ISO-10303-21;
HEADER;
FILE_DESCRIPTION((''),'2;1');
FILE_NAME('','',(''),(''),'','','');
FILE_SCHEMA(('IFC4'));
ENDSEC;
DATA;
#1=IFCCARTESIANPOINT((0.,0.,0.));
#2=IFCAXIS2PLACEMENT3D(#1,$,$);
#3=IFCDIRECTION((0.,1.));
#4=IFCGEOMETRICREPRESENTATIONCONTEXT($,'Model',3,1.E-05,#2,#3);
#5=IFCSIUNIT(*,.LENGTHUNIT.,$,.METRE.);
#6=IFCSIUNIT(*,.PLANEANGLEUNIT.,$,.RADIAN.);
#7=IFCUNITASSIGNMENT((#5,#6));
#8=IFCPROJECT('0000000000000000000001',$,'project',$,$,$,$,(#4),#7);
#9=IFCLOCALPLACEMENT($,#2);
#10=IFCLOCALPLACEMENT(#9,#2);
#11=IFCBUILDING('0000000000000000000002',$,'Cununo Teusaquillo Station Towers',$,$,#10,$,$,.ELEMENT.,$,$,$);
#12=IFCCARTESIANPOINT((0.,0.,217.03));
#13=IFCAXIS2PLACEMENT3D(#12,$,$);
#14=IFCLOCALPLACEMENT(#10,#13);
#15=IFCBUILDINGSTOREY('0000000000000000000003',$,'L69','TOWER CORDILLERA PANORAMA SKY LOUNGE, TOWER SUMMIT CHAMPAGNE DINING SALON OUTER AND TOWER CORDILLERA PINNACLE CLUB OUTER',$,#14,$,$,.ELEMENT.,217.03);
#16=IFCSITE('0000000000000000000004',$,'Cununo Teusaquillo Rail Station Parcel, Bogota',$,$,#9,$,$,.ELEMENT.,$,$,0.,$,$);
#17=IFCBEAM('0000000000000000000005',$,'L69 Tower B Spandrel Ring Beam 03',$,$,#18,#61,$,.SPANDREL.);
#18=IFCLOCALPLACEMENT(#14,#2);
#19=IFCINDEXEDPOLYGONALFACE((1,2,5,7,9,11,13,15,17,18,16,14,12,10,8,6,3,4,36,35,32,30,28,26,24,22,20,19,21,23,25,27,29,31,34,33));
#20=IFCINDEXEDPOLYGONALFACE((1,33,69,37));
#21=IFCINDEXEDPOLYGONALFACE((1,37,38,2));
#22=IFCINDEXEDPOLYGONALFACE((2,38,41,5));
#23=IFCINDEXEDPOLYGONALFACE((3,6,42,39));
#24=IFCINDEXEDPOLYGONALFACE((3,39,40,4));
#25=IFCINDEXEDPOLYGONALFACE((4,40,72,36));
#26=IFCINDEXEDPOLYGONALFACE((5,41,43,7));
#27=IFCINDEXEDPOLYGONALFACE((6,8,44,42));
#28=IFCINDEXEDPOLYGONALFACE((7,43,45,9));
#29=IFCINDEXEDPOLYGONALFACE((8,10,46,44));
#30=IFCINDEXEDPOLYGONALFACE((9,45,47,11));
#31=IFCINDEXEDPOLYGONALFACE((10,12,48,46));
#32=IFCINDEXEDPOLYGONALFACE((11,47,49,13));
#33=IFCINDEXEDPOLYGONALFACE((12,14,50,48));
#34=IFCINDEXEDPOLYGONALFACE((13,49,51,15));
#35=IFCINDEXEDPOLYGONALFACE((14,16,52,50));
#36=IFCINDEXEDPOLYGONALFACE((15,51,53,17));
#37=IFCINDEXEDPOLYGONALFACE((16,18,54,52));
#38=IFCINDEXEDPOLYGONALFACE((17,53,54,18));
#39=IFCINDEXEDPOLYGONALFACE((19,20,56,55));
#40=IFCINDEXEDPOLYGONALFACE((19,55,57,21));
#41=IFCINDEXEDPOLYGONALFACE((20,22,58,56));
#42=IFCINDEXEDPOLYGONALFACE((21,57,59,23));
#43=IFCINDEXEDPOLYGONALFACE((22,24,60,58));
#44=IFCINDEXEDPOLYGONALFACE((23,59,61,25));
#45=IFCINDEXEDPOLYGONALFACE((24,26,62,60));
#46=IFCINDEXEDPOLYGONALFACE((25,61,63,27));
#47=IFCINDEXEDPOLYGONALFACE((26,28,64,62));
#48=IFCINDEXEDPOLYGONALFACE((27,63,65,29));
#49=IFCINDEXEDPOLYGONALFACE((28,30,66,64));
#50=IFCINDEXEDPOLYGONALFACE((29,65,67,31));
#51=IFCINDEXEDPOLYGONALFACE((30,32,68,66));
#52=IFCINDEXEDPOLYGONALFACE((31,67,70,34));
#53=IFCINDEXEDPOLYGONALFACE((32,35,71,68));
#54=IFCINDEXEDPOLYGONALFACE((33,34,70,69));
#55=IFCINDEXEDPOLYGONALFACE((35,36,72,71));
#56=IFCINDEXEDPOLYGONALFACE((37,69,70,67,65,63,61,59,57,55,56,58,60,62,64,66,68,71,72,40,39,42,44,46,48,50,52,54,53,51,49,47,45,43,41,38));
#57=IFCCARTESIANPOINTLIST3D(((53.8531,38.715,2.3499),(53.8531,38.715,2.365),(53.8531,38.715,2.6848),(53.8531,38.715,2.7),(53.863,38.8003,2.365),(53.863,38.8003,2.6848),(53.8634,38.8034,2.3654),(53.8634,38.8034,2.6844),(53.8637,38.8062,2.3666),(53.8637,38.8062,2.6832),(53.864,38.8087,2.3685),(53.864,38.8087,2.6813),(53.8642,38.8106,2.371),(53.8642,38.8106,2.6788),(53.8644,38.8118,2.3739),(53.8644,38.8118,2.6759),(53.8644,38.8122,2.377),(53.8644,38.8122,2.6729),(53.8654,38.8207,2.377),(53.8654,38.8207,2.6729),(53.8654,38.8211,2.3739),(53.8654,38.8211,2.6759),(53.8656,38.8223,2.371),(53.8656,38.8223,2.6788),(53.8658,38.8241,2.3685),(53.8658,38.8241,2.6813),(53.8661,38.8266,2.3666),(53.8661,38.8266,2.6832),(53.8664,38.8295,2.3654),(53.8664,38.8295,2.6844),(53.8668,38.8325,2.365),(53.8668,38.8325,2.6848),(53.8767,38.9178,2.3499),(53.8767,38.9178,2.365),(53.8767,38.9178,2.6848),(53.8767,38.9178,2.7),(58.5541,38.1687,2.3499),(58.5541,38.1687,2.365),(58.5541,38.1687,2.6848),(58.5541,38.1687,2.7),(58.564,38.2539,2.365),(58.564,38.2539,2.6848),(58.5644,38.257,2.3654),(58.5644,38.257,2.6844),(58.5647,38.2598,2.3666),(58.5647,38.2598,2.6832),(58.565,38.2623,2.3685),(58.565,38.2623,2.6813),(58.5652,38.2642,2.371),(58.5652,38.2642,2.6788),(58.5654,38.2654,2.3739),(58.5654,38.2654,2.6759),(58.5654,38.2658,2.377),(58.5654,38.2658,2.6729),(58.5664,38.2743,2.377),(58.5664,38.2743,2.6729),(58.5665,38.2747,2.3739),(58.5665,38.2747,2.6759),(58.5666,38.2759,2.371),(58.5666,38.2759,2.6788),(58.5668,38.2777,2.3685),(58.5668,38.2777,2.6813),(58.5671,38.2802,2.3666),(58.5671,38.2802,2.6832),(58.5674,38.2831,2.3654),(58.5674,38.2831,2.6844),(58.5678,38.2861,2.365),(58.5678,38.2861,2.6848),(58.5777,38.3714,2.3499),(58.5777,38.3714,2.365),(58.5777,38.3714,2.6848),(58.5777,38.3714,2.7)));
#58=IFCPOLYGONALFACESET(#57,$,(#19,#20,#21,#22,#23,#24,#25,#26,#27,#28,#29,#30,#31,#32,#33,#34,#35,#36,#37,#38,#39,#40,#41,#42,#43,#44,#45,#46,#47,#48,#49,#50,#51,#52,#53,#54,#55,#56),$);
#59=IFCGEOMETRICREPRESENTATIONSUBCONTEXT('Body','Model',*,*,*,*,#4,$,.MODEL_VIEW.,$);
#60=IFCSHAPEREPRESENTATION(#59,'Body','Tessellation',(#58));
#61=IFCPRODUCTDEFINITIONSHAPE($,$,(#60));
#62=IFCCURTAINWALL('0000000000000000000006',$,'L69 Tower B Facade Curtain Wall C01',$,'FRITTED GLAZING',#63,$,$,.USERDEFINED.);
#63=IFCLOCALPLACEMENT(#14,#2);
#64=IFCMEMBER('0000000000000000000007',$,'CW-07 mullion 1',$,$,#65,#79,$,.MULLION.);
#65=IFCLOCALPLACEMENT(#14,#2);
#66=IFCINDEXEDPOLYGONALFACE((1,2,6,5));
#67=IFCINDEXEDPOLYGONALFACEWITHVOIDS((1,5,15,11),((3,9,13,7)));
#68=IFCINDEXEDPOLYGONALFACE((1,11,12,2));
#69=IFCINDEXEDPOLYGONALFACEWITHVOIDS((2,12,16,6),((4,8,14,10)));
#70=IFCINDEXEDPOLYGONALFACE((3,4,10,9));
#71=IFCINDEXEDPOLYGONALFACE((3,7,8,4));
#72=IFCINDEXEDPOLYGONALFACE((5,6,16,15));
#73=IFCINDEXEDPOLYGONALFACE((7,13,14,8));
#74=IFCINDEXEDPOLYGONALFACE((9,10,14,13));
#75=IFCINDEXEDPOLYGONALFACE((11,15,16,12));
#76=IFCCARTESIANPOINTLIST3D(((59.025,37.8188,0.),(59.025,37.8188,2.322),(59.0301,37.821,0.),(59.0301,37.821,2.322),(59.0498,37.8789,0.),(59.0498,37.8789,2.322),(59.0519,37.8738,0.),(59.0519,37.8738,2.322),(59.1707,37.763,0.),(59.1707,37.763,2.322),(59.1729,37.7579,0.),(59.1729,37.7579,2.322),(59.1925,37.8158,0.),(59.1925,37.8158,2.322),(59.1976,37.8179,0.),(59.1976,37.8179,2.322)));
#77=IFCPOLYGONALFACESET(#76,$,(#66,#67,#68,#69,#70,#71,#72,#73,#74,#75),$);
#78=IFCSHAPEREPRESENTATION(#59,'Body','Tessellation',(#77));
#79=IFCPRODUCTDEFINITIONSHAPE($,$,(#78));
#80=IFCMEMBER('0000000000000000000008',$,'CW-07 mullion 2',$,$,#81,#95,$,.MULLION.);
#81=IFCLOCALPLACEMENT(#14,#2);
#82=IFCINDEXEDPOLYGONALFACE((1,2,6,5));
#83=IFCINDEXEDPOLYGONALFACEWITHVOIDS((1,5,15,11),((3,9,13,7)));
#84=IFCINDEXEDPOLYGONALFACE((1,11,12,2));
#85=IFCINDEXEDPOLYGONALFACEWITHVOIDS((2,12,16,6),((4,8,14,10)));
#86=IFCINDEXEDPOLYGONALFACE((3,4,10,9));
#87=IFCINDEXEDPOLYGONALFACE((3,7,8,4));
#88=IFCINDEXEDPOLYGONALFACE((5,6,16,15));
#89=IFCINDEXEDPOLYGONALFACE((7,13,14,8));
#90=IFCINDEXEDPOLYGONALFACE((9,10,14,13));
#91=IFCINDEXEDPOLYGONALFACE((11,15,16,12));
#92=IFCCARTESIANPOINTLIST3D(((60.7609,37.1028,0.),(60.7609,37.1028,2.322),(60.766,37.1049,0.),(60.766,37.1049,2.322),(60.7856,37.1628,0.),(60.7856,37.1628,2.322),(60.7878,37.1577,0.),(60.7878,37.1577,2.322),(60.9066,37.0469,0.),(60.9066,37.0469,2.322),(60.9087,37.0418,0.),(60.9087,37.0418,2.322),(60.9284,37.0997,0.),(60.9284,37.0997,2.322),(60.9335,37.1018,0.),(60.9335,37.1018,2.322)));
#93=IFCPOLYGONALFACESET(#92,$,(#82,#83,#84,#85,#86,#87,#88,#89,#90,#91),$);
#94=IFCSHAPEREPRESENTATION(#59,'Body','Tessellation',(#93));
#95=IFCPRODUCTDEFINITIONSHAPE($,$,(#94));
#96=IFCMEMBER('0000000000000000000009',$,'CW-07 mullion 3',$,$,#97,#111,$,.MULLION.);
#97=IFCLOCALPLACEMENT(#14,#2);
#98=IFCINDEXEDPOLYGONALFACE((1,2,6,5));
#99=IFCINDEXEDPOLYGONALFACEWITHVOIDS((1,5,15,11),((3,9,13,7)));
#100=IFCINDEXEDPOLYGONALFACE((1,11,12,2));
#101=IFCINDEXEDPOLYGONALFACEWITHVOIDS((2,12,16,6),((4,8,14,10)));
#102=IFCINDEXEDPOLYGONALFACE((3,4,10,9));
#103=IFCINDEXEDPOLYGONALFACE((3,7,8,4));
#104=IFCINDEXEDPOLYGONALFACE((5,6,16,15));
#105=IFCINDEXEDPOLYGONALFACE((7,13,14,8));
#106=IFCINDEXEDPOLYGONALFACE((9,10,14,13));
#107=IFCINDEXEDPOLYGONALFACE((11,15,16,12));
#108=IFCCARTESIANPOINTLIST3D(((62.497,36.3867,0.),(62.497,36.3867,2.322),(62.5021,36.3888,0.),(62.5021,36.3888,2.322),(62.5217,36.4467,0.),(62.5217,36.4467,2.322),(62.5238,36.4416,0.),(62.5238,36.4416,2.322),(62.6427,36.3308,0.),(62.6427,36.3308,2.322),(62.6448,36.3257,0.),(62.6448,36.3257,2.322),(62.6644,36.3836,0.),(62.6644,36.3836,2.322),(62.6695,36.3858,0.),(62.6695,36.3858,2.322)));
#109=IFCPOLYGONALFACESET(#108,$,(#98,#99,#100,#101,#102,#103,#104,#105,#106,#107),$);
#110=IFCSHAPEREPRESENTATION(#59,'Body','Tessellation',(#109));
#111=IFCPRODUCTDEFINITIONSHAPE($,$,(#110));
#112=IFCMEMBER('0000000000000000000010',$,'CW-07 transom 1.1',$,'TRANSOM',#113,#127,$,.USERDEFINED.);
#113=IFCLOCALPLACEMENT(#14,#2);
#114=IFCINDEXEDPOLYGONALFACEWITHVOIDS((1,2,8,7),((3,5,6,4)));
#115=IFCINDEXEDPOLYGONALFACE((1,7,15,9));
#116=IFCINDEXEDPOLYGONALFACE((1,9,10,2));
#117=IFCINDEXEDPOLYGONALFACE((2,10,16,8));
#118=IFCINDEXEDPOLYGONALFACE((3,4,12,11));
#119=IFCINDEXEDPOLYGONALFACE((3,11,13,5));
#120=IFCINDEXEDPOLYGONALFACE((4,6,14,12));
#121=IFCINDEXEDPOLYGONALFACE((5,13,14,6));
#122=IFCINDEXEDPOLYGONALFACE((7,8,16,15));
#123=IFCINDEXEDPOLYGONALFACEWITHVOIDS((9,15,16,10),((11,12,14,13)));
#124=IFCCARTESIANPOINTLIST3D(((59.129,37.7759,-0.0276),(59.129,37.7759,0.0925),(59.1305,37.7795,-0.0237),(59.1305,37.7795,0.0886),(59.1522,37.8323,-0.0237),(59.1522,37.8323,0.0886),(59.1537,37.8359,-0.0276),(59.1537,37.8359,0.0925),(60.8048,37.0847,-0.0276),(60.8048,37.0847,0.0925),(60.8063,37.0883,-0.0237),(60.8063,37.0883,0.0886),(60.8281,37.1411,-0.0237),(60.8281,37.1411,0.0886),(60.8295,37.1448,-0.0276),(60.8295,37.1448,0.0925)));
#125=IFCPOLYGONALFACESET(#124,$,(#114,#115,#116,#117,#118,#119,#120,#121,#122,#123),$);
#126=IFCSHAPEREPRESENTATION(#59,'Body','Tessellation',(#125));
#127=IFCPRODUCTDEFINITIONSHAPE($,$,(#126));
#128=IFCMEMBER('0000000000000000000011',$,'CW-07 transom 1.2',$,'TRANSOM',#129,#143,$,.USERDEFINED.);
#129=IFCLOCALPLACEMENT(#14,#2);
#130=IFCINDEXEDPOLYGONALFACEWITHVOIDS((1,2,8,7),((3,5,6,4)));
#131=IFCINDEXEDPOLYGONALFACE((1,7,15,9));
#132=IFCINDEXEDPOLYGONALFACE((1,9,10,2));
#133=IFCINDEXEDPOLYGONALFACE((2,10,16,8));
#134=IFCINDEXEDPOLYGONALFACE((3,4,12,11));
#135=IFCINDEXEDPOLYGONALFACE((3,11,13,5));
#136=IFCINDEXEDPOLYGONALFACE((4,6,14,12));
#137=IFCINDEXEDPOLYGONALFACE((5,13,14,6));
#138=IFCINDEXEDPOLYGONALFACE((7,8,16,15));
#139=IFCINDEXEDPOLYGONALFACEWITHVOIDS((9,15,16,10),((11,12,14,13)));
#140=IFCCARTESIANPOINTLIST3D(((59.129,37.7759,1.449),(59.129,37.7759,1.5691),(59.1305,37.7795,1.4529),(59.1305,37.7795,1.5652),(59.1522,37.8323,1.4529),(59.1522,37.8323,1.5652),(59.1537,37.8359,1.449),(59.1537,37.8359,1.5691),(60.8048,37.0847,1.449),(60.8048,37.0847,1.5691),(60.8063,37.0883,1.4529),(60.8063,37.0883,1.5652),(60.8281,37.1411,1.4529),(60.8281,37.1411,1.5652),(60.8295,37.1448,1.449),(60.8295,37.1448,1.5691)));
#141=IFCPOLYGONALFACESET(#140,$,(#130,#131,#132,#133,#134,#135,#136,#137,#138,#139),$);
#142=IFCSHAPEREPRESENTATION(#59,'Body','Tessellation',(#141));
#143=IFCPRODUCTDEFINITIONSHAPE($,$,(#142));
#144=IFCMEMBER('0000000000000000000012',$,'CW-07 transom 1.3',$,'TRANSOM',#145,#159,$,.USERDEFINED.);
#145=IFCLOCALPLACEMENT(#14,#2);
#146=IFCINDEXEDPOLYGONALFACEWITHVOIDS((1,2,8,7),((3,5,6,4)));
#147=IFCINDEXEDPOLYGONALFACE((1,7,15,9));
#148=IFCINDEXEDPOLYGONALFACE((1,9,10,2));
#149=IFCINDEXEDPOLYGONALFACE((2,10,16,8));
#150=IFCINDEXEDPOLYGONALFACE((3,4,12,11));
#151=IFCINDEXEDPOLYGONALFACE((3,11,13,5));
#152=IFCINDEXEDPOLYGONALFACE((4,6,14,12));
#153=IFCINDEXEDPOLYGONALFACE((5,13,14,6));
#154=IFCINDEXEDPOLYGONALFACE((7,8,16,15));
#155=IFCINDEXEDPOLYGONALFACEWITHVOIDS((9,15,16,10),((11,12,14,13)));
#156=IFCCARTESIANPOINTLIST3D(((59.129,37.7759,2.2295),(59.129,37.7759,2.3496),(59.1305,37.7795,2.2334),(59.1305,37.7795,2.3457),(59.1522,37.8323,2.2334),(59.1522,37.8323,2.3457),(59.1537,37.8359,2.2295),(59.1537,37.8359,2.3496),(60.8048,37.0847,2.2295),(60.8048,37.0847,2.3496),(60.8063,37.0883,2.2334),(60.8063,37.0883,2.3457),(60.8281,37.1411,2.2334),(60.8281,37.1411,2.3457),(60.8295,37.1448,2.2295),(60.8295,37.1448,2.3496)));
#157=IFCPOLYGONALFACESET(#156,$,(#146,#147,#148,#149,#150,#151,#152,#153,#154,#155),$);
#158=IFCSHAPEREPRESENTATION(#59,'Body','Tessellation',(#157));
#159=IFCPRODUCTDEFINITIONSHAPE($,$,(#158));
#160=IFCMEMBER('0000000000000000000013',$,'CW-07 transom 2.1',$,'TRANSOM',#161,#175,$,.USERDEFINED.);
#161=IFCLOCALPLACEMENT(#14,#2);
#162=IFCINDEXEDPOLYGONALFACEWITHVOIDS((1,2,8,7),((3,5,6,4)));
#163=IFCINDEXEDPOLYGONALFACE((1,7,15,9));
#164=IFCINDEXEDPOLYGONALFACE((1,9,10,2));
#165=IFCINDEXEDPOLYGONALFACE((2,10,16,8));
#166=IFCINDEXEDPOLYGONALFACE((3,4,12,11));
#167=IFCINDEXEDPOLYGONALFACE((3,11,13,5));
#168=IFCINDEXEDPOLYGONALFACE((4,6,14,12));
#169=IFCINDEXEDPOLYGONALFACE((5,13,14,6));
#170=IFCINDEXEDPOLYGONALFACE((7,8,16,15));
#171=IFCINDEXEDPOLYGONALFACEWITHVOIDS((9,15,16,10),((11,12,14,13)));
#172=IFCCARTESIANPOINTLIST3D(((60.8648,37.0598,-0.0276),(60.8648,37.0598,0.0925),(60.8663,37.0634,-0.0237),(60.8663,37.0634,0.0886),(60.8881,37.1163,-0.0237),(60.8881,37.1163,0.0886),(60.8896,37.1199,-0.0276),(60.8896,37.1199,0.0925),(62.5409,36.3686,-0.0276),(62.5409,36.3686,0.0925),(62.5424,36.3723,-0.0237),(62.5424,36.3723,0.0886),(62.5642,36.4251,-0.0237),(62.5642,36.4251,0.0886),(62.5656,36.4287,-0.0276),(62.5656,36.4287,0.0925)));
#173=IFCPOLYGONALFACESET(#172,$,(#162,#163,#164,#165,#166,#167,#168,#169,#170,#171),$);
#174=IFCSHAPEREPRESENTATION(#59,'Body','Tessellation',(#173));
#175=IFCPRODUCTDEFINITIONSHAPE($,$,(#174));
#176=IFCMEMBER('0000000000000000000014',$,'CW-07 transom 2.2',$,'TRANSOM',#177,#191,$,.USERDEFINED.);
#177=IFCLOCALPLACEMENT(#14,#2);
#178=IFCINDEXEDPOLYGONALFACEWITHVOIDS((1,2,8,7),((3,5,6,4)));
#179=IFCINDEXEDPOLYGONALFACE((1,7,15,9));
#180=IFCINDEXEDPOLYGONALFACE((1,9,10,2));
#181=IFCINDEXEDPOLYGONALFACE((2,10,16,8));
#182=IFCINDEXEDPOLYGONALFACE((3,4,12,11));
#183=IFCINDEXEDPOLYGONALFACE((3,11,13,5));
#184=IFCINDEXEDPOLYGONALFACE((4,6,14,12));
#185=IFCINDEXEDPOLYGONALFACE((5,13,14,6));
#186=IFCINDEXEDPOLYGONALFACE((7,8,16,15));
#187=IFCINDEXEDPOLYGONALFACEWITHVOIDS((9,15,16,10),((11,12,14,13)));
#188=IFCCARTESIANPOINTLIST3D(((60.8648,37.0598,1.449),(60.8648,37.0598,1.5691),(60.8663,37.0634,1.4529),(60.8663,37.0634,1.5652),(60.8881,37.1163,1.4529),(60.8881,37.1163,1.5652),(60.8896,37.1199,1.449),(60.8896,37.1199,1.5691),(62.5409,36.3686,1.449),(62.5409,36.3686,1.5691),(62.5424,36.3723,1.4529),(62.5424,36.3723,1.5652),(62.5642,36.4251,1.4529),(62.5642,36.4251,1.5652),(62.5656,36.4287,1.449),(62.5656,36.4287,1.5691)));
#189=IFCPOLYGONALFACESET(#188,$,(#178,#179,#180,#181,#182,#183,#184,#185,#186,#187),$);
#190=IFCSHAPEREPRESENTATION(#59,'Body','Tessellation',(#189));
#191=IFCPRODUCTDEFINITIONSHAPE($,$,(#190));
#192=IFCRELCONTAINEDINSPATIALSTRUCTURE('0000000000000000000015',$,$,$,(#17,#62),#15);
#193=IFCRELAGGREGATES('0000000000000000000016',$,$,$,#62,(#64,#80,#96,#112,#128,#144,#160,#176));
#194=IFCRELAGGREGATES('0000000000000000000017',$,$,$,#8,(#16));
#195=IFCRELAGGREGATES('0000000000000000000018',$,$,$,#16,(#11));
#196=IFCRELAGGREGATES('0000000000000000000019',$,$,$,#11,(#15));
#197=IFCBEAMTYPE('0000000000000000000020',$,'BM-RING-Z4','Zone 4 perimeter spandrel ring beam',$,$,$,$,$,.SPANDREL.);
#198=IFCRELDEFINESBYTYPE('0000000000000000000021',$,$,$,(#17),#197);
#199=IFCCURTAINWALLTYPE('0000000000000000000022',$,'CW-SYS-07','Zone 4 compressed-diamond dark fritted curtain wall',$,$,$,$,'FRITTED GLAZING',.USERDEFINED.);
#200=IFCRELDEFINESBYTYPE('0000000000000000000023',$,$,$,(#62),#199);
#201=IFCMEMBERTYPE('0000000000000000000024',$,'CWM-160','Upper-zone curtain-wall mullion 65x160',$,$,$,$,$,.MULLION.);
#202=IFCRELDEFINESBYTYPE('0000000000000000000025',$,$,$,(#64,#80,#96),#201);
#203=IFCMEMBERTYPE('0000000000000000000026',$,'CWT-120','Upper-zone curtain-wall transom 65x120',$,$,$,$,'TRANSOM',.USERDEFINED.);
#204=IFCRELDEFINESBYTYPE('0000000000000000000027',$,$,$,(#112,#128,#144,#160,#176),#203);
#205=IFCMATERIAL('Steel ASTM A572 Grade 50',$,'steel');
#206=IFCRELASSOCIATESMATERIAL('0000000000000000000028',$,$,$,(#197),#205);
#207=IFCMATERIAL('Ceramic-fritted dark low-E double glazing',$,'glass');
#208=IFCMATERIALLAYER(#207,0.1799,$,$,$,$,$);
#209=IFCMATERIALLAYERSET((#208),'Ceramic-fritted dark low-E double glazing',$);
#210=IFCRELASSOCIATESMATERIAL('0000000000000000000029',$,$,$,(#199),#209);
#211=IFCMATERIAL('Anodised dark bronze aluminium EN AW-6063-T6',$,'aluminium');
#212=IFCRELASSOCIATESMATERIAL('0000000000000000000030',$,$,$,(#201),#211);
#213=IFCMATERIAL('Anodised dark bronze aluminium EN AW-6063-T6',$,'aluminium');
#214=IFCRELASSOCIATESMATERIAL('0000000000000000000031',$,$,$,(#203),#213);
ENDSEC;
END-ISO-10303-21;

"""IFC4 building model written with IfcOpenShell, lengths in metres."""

from ifc_helpers import new_model, si_unit, direction, frame, origin, origin_2d, place, context, subcontext, project, spatial, hollow_rectangle, i_section, extrude, material, layer, layer_set, material_profile, profile_set, type_object, element, aggregate, save


model = new_model("IFC4")

# Units and contexts
model_context = context("Model", 3, precision=1e-05, world=origin(), true_north=direction((0.0, 1.0)))
body_context = subcontext(model_context, "Body", "Model", "MODEL_VIEW")
ifc_project = project(units=[si_unit("LENGTHUNIT", "METRE"), si_unit("PLANEANGLEUNIT", "RADIAN")], contexts=[model_context])

# Site, building, storey
site_placement = place(None, origin())
site = spatial("IfcSite", under=ifc_project, at=site_placement, Name="Cununo Teusaquillo Rail Station Parcel, Bogota", CompositionType="ELEMENT", RefElevation=0.0)
building_placement = place(site_placement, origin())
building = spatial("IfcBuilding", under=site, at=building_placement, Name="Cununo Teusaquillo Station Towers", CompositionType="ELEMENT")
storey_placement = place(building_placement, frame((0.0, 0.0, 217.03)))
storey = spatial("IfcBuildingStorey", under=building, at=storey_placement, Name="L69", Description="TOWER CORDILLERA PANORAMA SKY LOUNGE, TOWER SUMMIT CHAMPAGNE DINING SALON OUTER AND TOWER CORDILLERA PINNACLE CLUB OUTER", CompositionType="ELEMENT", Elevation=217.03)

# Beam
ifc_material_1 = material(Name="Steel ASTM A572 Grade 50", Category="steel")
ifc_material_profile_1 = material_profile(ifc_material_1, i_section(OverallWidth=0.2041, OverallDepth=0.3501, WebThickness=0.0085, FlangeThickness=0.0151, FilletRadius=0.012, at=origin_2d()), Name="W14X48")
ifc_profile_set_1 = profile_set([ifc_material_profile_1], Name="Steel ASTM A572 Grade 50")
beam_type_1 = type_object("IfcBeamType", Name="BM-RING-Z4", Description="Zone 4 perimeter spandrel ring beam", PredefinedType="SPANDREL", material=ifc_profile_set_1)
beam_1_placement = place(storey_placement, frame((58.5659, 38.27, 2.5249), z_axis=(-0.993313, 0.115452, 0.0), x_axis=(-0.115452, -0.993313, 0.0)))
element("IfcBeam", 1, at=beam_1_placement, inside=storey, type_object=beam_type_1, Name="L69 Tower B Spandrel Ring Beam 03", PredefinedType="SPANDREL", context=body_context, shape_type="SweptSolid", body=[
    extrude(i_section(OverallWidth=0.2041, OverallDepth=0.3501, WebThickness=0.0085, FlangeThickness=0.0151, FilletRadius=0.012, at=origin_2d()), origin(), (0.0, 0.0, 1.0), 4.7327),
])

# Curtain wall, members
ifc_material_2 = material(Name="Ceramic-fritted dark low-E double glazing", Category="glass")
ifc_layer_1 = layer(ifc_material_2, 0.1799)
ifc_layer_set_1 = layer_set([ifc_layer_1], Name="Ceramic-fritted dark low-E double glazing")
curtain_wall_type = type_object("IfcCurtainWallType", Name="CW-SYS-07", Description="Zone 4 compressed-diamond dark fritted curtain wall", ElementType="FRITTED GLAZING", PredefinedType="USERDEFINED", material=ifc_layer_set_1)
curtain_wall_placement = place(storey_placement, origin())
curtain_wall = element("IfcCurtainWall", 2, at=curtain_wall_placement, inside=storey, type_object=curtain_wall_type, Name="L69 Tower B Facade Curtain Wall C01", ObjectType="FRITTED GLAZING", PredefinedType="USERDEFINED")
ifc_material_3 = material(Name="Anodised dark bronze aluminium EN AW-6063-T6", Category="aluminium")
ifc_material_profile_2 = material_profile(ifc_material_3, hollow_rectangle(XDim=0.0649, YDim=0.1599, WallThickness=0.0039, at=origin_2d()), Name="CW-MULL-65x160")
ifc_profile_set_2 = profile_set([ifc_material_profile_2], Name="Anodised dark bronze aluminium EN AW-6063-T6")
member_type_1 = type_object("IfcMemberType", Name="CWM-160", Description="Upper-zone curtain-wall mullion 65x160", PredefinedType="MULLION", material=ifc_profile_set_2)
member_1_placement = place(storey_placement, frame((59.1113, 37.8184, 0.0), z_axis=(0.0, 0.0, 1.0), x_axis=(0.381311, 0.924447, 0.0)))
member_1 = element("IfcMember", 3, at=member_1_placement, type_object=member_type_1, Name="CW-07 mullion 1", PredefinedType="MULLION", context=body_context, shape_type="SweptSolid", body=[
    extrude(hollow_rectangle(XDim=0.0649, YDim=0.1599, WallThickness=0.0039, at=origin_2d()), origin(), (0.0, 0.0, 1.0), 2.322),
])
member_2_placement = place(storey_placement, frame((60.8472, 37.1023, 0.0), z_axis=(0.0, 0.0, 1.0), x_axis=(0.381311, 0.924447, 0.0)))
member_2 = element("IfcMember", 4, at=member_2_placement, type_object=member_type_1, Name="CW-07 mullion 2", PredefinedType="MULLION", context=body_context, shape_type="SweptSolid", body=[
    extrude(hollow_rectangle(XDim=0.0649, YDim=0.1599, WallThickness=0.0039, at=origin_2d()), origin(), (0.0, 0.0, 1.0), 2.322),
])
member_3_placement = place(storey_placement, frame((62.5833, 36.3862, 0.0), z_axis=(0.0, 0.0, 1.0), x_axis=(0.381311, 0.924447, 0.0)))
member_3 = element("IfcMember", 5, at=member_3_placement, type_object=member_type_1, Name="CW-07 mullion 3", PredefinedType="MULLION", context=body_context, shape_type="SweptSolid", body=[
    extrude(hollow_rectangle(XDim=0.0649, YDim=0.1599, WallThickness=0.0039, at=origin_2d()), origin(), (0.0, 0.0, 1.0), 2.322),
])
ifc_material_4 = material(Name="Anodised dark bronze aluminium EN AW-6063-T6", Category="aluminium")
ifc_material_profile_3 = material_profile(ifc_material_4, hollow_rectangle(XDim=0.0649, YDim=0.1201, WallThickness=0.0039, at=origin_2d()), Name="CW-TRAN-65x120")
ifc_profile_set_3 = profile_set([ifc_material_profile_3], Name="Anodised dark bronze aluminium EN AW-6063-T6")
member_type_2 = type_object("IfcMemberType", Name="CWT-120", Description="Upper-zone curtain-wall transom 65x120", ElementType="TRANSOM", PredefinedType="USERDEFINED", material=ifc_profile_set_3)
member_4_placement = place(storey_placement, frame((59.1414, 37.8059, 0.0325), z_axis=(0.924458, -0.381285, 0.0), x_axis=(0.381285, 0.924458, 0.0)))
member_4 = element("IfcMember", 6, at=member_4_placement, type_object=member_type_2, Name="CW-07 transom 1.1", ObjectType="TRANSOM", PredefinedType="USERDEFINED", context=body_context, shape_type="SweptSolid", body=[
    extrude(hollow_rectangle(XDim=0.0649, YDim=0.1201, WallThickness=0.0039, at=origin_2d()), origin(), (0.0, 0.0, 1.0), 1.8127),
])
member_5_placement = place(storey_placement, frame((59.1414, 37.8059, 1.509), z_axis=(0.924458, -0.381285, 0.0), x_axis=(0.381285, 0.924458, 0.0)))
member_5 = element("IfcMember", 7, at=member_5_placement, type_object=member_type_2, Name="CW-07 transom 1.2", ObjectType="TRANSOM", PredefinedType="USERDEFINED", context=body_context, shape_type="SweptSolid", body=[
    extrude(hollow_rectangle(XDim=0.0649, YDim=0.1201, WallThickness=0.0039, at=origin_2d()), origin(), (0.0, 0.0, 1.0), 1.8127),
])
member_6_placement = place(storey_placement, frame((59.1414, 37.8059, 2.2896), z_axis=(0.924458, -0.381285, 0.0), x_axis=(0.381285, 0.924458, 0.0)))
member_6 = element("IfcMember", 8, at=member_6_placement, type_object=member_type_2, Name="CW-07 transom 1.3", ObjectType="TRANSOM", PredefinedType="USERDEFINED", context=body_context, shape_type="SweptSolid", body=[
    extrude(hollow_rectangle(XDim=0.0649, YDim=0.1201, WallThickness=0.0039, at=origin_2d()), origin(), (0.0, 0.0, 1.0), 1.8127),
])
member_7_placement = place(storey_placement, frame((60.8772, 37.0898, 0.0325), z_axis=(0.924477, -0.381237, 0.0), x_axis=(0.381237, 0.924477, 0.0)))
member_7 = element("IfcMember", 9, at=member_7_placement, type_object=member_type_2, Name="CW-07 transom 2.1", ObjectType="TRANSOM", PredefinedType="USERDEFINED", context=body_context, shape_type="SweptSolid", body=[
    extrude(hollow_rectangle(XDim=0.0649, YDim=0.1201, WallThickness=0.0039, at=origin_2d()), origin(), (0.0, 0.0, 1.0), 1.813),
])
member_8_placement = place(storey_placement, frame((60.8772, 37.0898, 1.509), z_axis=(0.924477, -0.381237, 0.0), x_axis=(0.381237, 0.924477, 0.0)))
member_8 = element("IfcMember", 10, at=member_8_placement, type_object=member_type_2, Name="CW-07 transom 2.2", ObjectType="TRANSOM", PredefinedType="USERDEFINED", context=body_context, shape_type="SweptSolid", body=[
    extrude(hollow_rectangle(XDim=0.0649, YDim=0.1201, WallThickness=0.0039, at=origin_2d()), origin(), (0.0, 0.0, 1.0), 1.813),
])

aggregate(curtain_wall, [member_1, member_2, member_3, member_4, member_5, member_6, member_7, member_8])

save(model, "model.ifc")
